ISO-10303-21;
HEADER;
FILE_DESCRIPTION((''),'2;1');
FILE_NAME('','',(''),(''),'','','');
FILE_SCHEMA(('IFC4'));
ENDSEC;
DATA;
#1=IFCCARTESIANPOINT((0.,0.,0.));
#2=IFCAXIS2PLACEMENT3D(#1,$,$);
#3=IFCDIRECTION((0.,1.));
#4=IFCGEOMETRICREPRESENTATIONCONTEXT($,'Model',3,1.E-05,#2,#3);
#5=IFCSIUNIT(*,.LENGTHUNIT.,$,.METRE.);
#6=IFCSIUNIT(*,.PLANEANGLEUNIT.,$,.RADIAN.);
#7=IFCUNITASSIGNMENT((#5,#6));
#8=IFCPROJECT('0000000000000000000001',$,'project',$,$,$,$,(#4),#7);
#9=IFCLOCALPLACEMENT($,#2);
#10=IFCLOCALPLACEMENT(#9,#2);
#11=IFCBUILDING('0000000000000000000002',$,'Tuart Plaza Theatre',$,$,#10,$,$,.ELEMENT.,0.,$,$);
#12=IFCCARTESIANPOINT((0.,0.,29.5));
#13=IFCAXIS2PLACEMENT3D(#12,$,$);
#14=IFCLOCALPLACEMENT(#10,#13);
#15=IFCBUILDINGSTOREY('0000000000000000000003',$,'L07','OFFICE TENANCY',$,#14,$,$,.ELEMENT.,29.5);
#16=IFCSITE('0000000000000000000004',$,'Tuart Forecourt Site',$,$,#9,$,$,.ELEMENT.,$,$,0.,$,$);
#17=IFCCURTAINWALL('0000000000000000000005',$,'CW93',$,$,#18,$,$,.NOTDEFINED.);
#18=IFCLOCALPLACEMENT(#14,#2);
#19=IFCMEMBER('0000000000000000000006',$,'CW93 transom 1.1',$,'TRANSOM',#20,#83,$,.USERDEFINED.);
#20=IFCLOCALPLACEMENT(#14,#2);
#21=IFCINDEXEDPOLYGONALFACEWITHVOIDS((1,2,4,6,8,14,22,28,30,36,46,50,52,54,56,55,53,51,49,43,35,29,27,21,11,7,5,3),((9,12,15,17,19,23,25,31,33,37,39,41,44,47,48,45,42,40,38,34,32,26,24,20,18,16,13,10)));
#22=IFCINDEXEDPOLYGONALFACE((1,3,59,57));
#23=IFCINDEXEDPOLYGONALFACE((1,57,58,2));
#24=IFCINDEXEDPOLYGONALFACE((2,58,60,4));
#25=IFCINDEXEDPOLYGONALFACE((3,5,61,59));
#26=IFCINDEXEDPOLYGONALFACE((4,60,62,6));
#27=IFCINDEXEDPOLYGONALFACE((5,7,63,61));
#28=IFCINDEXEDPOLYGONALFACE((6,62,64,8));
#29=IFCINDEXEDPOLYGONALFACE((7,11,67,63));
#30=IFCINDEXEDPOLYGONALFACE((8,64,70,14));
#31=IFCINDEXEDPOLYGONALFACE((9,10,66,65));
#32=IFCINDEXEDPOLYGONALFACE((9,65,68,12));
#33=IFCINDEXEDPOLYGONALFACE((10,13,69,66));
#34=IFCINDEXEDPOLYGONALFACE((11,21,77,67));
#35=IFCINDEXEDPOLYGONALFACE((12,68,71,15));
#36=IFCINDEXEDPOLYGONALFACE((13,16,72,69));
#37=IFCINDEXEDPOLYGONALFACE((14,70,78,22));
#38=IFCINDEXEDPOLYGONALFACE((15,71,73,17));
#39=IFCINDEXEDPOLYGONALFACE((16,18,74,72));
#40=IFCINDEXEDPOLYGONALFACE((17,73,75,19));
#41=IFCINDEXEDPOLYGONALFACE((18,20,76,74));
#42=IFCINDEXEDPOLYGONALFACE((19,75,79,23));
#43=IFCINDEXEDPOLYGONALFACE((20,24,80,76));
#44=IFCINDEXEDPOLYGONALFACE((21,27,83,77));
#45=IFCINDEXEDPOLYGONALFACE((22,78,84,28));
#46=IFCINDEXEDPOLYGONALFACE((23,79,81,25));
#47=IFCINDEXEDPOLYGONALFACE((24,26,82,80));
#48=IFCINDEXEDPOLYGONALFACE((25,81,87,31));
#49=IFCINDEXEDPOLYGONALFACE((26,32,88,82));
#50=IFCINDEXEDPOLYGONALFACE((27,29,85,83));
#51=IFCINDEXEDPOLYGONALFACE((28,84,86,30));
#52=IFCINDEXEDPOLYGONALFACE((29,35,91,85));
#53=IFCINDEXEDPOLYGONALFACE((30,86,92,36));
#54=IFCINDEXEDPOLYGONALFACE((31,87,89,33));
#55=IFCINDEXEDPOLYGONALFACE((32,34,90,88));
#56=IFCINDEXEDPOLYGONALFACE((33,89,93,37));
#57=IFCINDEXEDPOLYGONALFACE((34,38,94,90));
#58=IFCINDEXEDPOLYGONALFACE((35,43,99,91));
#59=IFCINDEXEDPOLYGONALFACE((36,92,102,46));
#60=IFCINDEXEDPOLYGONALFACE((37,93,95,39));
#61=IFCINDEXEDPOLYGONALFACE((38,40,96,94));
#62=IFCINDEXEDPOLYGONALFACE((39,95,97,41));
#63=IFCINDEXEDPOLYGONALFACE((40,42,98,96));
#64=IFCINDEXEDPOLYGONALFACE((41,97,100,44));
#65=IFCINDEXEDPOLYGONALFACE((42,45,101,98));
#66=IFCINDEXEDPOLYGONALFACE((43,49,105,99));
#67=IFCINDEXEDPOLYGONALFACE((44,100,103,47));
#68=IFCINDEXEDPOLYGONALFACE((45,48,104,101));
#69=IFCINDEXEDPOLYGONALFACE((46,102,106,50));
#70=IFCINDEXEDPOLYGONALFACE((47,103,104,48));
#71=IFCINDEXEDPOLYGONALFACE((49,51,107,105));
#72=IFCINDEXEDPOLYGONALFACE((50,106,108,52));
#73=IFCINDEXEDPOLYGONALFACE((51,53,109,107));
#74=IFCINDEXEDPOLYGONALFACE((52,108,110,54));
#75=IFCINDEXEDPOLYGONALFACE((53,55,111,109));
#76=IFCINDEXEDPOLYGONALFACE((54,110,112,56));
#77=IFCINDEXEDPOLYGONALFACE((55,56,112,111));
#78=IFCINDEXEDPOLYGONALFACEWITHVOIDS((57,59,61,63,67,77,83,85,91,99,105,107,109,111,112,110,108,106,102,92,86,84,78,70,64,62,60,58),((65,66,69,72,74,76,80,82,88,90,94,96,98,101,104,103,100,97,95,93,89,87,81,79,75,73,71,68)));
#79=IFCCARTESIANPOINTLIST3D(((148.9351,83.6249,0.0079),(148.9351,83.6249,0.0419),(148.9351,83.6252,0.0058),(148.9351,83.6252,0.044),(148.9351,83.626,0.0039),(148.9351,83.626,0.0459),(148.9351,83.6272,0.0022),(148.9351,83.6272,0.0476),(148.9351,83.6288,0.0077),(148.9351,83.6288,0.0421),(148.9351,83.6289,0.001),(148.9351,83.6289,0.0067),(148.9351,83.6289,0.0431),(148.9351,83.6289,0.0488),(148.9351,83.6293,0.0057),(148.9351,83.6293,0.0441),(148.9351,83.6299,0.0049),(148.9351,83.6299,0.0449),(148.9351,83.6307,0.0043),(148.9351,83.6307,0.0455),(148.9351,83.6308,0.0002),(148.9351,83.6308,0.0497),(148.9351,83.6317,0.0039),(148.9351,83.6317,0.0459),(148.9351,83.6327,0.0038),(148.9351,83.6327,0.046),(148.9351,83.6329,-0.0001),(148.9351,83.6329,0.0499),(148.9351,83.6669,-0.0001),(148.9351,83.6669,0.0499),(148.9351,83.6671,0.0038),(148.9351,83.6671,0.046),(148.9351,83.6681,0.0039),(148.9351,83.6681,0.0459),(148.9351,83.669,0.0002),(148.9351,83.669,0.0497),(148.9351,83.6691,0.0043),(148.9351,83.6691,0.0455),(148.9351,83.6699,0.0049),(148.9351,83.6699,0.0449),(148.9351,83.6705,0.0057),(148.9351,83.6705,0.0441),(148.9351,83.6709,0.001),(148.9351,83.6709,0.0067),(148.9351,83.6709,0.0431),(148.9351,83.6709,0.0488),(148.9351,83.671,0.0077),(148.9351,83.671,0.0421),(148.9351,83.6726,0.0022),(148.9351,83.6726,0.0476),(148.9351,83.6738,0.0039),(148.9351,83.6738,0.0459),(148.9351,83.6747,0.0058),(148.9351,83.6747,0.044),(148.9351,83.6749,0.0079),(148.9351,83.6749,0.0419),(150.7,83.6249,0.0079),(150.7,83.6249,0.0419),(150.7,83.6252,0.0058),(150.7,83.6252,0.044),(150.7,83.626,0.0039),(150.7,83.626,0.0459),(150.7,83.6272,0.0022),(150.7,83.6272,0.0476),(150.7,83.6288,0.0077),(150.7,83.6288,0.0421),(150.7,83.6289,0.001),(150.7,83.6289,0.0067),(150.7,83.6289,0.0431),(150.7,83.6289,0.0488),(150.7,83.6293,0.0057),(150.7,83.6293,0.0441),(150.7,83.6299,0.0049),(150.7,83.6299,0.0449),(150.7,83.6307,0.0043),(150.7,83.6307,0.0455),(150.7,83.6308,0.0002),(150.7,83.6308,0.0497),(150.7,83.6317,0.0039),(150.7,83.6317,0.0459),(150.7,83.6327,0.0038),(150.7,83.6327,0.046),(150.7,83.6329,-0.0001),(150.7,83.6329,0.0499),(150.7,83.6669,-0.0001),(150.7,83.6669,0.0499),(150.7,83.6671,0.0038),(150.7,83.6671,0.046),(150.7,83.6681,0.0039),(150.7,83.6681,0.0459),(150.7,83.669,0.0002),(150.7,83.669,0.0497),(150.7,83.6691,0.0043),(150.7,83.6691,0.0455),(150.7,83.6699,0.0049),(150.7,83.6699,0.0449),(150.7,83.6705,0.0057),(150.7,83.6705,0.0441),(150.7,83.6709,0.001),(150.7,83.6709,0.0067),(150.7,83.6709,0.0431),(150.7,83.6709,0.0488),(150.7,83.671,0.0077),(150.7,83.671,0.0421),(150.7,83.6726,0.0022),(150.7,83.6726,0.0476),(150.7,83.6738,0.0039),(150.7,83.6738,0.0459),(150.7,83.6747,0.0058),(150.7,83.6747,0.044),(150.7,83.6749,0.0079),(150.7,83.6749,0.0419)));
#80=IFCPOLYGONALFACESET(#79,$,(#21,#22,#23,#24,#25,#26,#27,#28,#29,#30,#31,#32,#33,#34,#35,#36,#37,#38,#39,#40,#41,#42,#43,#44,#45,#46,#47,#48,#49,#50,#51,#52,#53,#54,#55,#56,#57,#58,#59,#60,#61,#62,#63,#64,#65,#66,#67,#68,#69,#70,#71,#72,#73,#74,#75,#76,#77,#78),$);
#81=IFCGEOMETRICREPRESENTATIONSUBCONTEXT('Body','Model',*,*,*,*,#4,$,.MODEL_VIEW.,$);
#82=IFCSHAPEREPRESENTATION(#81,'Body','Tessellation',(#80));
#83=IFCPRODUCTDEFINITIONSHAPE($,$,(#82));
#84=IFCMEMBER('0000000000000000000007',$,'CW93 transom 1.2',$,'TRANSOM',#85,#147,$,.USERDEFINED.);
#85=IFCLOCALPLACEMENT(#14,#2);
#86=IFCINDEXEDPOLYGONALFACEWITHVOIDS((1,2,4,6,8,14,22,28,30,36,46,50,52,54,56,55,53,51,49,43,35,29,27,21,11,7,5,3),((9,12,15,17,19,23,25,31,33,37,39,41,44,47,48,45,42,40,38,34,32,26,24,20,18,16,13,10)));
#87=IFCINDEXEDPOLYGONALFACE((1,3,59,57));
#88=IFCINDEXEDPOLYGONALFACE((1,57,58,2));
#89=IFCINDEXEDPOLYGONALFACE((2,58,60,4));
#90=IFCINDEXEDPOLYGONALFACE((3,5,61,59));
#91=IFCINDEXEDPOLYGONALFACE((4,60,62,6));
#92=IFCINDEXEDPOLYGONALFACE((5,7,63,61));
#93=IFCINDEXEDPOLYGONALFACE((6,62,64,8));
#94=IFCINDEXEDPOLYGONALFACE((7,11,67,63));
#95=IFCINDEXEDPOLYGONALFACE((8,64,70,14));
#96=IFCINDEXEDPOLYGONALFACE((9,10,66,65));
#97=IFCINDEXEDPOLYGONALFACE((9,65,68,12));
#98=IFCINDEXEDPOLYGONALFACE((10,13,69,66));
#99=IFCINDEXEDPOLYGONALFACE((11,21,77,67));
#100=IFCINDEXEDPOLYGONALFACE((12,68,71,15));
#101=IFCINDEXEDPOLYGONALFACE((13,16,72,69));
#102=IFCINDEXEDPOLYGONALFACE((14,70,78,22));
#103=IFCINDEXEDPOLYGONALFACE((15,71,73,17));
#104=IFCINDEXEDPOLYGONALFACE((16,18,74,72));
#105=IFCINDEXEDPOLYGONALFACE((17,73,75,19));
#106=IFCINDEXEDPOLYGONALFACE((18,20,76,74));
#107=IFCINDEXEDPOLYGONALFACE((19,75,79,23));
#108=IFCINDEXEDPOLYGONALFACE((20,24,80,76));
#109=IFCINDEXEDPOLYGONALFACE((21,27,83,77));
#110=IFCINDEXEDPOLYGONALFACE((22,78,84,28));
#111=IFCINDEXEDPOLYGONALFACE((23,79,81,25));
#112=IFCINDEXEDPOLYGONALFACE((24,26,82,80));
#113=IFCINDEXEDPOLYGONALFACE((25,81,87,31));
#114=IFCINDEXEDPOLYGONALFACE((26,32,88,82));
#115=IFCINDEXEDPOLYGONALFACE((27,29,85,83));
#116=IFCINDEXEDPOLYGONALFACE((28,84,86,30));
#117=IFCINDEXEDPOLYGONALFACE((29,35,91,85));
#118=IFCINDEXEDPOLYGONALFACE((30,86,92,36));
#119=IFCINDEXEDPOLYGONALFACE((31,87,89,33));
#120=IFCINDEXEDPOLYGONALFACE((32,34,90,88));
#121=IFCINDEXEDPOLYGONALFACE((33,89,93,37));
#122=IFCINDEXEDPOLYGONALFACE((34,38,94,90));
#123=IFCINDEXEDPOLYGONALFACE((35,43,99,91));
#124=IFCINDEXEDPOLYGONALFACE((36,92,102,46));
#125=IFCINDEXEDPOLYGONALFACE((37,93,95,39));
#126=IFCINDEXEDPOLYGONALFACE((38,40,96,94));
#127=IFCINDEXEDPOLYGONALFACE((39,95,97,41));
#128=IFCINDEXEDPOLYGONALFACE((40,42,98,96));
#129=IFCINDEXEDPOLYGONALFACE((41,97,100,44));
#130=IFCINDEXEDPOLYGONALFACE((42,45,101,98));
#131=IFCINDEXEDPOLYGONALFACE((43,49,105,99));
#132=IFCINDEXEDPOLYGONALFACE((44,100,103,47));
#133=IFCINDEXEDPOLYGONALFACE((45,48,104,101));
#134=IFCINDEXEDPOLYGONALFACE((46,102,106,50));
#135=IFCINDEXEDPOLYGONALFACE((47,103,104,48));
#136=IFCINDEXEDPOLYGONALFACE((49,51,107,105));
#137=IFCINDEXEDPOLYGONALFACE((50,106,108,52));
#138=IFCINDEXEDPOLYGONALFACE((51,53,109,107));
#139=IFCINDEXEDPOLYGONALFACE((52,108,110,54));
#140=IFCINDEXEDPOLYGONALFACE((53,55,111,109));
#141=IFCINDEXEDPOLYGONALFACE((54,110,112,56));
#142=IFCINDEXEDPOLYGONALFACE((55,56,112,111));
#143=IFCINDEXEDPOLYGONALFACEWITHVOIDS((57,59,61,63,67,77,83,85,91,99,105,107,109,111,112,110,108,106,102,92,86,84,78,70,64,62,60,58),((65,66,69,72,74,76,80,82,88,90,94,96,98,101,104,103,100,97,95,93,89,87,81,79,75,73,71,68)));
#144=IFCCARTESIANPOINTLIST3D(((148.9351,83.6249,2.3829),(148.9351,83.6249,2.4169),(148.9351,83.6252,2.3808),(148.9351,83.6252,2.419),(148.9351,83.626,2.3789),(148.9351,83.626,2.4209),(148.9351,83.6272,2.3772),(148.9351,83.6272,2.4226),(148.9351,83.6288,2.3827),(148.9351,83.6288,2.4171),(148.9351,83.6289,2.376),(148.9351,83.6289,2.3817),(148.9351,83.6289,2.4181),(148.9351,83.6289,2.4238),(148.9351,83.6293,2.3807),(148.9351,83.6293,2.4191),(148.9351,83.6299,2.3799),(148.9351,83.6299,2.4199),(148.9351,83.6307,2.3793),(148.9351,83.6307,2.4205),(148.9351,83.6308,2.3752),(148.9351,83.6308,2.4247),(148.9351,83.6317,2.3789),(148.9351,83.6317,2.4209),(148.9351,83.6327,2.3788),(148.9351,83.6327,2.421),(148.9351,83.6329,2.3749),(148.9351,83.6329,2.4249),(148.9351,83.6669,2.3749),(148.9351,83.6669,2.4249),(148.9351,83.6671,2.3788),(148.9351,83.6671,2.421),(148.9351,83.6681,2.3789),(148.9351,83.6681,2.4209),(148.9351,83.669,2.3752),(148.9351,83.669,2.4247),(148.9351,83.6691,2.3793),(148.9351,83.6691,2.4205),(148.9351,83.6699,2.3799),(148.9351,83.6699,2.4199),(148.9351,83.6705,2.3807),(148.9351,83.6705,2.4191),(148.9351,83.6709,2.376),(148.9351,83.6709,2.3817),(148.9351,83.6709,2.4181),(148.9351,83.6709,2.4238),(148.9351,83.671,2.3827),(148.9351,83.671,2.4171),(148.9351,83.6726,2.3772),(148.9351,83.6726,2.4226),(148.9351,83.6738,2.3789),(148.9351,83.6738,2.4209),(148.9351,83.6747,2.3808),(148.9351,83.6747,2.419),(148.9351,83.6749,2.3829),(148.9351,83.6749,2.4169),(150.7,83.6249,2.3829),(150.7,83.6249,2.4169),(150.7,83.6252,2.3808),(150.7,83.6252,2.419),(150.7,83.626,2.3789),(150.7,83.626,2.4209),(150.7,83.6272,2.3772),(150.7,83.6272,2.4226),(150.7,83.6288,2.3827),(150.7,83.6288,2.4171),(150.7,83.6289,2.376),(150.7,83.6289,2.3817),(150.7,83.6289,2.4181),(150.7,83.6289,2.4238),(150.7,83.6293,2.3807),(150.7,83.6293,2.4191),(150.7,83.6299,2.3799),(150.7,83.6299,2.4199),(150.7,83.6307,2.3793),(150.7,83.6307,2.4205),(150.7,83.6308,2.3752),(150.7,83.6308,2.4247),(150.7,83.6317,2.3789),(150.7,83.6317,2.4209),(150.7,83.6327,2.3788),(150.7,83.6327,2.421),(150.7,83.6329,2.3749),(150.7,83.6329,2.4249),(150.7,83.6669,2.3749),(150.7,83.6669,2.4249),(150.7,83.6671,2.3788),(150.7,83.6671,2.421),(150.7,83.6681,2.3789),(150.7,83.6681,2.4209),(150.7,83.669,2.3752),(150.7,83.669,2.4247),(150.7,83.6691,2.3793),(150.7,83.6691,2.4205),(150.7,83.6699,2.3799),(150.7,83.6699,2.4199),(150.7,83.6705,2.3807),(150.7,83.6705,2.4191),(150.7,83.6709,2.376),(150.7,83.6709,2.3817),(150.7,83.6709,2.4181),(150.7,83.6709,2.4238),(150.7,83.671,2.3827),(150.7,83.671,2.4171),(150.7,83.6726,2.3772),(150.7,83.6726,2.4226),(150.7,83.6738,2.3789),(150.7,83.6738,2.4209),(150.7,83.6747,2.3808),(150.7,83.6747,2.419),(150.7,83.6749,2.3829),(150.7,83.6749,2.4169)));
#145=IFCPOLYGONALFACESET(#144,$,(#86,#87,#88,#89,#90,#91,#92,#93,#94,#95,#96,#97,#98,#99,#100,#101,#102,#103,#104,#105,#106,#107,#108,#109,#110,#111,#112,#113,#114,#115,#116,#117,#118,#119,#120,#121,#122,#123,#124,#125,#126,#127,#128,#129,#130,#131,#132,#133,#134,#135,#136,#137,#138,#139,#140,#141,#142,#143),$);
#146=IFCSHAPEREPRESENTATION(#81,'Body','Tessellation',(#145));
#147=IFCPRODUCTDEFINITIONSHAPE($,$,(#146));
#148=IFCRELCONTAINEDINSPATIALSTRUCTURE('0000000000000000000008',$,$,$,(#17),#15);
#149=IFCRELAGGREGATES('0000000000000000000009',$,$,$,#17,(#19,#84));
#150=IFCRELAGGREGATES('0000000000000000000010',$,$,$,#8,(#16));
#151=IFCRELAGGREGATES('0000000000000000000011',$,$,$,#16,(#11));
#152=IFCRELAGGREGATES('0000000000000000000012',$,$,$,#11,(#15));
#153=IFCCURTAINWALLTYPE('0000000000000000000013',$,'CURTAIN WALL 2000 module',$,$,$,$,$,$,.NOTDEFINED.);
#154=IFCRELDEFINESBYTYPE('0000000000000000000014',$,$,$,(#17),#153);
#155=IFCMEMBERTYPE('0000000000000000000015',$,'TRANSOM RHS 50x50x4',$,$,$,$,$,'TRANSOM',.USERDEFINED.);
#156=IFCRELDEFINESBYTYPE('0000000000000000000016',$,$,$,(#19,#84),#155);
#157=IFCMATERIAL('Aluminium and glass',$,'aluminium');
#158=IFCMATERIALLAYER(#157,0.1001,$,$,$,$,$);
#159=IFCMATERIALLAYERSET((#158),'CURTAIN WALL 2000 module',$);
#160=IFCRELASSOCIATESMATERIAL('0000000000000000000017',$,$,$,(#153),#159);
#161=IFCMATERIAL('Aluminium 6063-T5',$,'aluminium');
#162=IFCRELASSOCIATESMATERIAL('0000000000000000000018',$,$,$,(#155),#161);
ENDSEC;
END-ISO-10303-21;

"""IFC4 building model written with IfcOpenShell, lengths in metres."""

from ifc_helpers import new_model, si_unit, direction, frame, origin, origin_2d, place, context, subcontext, project, spatial, hollow_rectangle, extrude, material, layer, layer_set, material_profile, profile_set, type_object, element, aggregate, save


model = new_model("IFC4")

# Units and contexts
model_context = context("Model", 3, precision=1e-05, world=origin(), true_north=direction((0.0, 1.0)))
body_context = subcontext(model_context, "Body", "Model", "MODEL_VIEW")
ifc_project = project(units=[si_unit("LENGTHUNIT", "METRE"), si_unit("PLANEANGLEUNIT", "RADIAN")], contexts=[model_context])

# Site, building, storey
site_placement = place(None, origin())
site = spatial("IfcSite", under=ifc_project, at=site_placement, Name="Tuart Forecourt Site", CompositionType="ELEMENT", RefElevation=0.0)
building_placement = place(site_placement, origin())
building = spatial("IfcBuilding", under=site, at=building_placement, Name="Tuart Plaza Theatre", CompositionType="ELEMENT", ElevationOfRefHeight=0.0)
storey_placement = place(building_placement, frame((0.0, 0.0, 29.5)))
storey = spatial("IfcBuildingStorey", under=building, at=storey_placement, Name="L07", Description="OFFICE TENANCY", CompositionType="ELEMENT", Elevation=29.5)

# Curtain wall
ifc_material_1 = material(Name="Aluminium and glass", Category="aluminium")
ifc_layer_1 = layer(ifc_material_1, 0.1001)
ifc_layer_set_1 = layer_set([ifc_layer_1], Name="CURTAIN WALL 2000 module")
curtain_wall_type = type_object("IfcCurtainWallType", Name="CURTAIN WALL 2000 module", PredefinedType="NOTDEFINED", material=ifc_layer_set_1)
curtain_wall_1_placement = place(storey_placement, origin())
curtain_wall_1 = element("IfcCurtainWall", 1, at=curtain_wall_1_placement, inside=storey, type_object=curtain_wall_type, Name="CW93", PredefinedType="NOTDEFINED")

# Members
ifc_material_2 = material(Name="Aluminium 6063-T5", Category="aluminium")
ifc_material_profile_1 = material_profile(ifc_material_2, hollow_rectangle(XDim=0.05, YDim=0.05, WallThickness=0.0039, InnerFilletRadius=0.0039, OuterFilletRadius=0.0081, at=origin_2d()), Name="RHS 50x50x4")
ifc_profile_set_1 = profile_set([ifc_material_profile_1], Name="Aluminium 6063-T5")
member_type_1 = type_object("IfcMemberType", Name="TRANSOM RHS 50x50x4", ElementType="TRANSOM", PredefinedType="USERDEFINED", material=ifc_profile_set_1)
member_1_placement = place(storey_placement, frame((150.7, 83.6499, 0.0249), z_axis=(-1.0, 0.0, 0.0), x_axis=(0.0, -1.0, 0.0)))
member_1 = element("IfcMember", 2, at=member_1_placement, type_object=member_type_1, Name="CW93 transom 1.1", ObjectType="TRANSOM", PredefinedType="USERDEFINED", context=body_context, shape_type="SweptSolid", body=[
    extrude(hollow_rectangle(XDim=0.05, YDim=0.05, WallThickness=0.0039, InnerFilletRadius=0.0039, OuterFilletRadius=0.0081, at=origin_2d()), origin(), (0.0, 0.0, 1.0), 1.7649),
])
member_2_placement = place(storey_placement, frame((150.7, 83.6499, 2.3999), z_axis=(-1.0, 0.0, 0.0), x_axis=(0.0, -1.0, 0.0)))
member_2 = element("IfcMember", 3, at=member_2_placement, type_object=member_type_1, Name="CW93 transom 1.2", ObjectType="TRANSOM", PredefinedType="USERDEFINED", context=body_context, shape_type="SweptSolid", body=[
    extrude(hollow_rectangle(XDim=0.05, YDim=0.05, WallThickness=0.0039, InnerFilletRadius=0.0039, OuterFilletRadius=0.0081, at=origin_2d()), origin(), (0.0, 0.0, 1.0), 1.7649),
])

aggregate(curtain_wall_1, [member_1, member_2])

save(model, "model.ifc")
